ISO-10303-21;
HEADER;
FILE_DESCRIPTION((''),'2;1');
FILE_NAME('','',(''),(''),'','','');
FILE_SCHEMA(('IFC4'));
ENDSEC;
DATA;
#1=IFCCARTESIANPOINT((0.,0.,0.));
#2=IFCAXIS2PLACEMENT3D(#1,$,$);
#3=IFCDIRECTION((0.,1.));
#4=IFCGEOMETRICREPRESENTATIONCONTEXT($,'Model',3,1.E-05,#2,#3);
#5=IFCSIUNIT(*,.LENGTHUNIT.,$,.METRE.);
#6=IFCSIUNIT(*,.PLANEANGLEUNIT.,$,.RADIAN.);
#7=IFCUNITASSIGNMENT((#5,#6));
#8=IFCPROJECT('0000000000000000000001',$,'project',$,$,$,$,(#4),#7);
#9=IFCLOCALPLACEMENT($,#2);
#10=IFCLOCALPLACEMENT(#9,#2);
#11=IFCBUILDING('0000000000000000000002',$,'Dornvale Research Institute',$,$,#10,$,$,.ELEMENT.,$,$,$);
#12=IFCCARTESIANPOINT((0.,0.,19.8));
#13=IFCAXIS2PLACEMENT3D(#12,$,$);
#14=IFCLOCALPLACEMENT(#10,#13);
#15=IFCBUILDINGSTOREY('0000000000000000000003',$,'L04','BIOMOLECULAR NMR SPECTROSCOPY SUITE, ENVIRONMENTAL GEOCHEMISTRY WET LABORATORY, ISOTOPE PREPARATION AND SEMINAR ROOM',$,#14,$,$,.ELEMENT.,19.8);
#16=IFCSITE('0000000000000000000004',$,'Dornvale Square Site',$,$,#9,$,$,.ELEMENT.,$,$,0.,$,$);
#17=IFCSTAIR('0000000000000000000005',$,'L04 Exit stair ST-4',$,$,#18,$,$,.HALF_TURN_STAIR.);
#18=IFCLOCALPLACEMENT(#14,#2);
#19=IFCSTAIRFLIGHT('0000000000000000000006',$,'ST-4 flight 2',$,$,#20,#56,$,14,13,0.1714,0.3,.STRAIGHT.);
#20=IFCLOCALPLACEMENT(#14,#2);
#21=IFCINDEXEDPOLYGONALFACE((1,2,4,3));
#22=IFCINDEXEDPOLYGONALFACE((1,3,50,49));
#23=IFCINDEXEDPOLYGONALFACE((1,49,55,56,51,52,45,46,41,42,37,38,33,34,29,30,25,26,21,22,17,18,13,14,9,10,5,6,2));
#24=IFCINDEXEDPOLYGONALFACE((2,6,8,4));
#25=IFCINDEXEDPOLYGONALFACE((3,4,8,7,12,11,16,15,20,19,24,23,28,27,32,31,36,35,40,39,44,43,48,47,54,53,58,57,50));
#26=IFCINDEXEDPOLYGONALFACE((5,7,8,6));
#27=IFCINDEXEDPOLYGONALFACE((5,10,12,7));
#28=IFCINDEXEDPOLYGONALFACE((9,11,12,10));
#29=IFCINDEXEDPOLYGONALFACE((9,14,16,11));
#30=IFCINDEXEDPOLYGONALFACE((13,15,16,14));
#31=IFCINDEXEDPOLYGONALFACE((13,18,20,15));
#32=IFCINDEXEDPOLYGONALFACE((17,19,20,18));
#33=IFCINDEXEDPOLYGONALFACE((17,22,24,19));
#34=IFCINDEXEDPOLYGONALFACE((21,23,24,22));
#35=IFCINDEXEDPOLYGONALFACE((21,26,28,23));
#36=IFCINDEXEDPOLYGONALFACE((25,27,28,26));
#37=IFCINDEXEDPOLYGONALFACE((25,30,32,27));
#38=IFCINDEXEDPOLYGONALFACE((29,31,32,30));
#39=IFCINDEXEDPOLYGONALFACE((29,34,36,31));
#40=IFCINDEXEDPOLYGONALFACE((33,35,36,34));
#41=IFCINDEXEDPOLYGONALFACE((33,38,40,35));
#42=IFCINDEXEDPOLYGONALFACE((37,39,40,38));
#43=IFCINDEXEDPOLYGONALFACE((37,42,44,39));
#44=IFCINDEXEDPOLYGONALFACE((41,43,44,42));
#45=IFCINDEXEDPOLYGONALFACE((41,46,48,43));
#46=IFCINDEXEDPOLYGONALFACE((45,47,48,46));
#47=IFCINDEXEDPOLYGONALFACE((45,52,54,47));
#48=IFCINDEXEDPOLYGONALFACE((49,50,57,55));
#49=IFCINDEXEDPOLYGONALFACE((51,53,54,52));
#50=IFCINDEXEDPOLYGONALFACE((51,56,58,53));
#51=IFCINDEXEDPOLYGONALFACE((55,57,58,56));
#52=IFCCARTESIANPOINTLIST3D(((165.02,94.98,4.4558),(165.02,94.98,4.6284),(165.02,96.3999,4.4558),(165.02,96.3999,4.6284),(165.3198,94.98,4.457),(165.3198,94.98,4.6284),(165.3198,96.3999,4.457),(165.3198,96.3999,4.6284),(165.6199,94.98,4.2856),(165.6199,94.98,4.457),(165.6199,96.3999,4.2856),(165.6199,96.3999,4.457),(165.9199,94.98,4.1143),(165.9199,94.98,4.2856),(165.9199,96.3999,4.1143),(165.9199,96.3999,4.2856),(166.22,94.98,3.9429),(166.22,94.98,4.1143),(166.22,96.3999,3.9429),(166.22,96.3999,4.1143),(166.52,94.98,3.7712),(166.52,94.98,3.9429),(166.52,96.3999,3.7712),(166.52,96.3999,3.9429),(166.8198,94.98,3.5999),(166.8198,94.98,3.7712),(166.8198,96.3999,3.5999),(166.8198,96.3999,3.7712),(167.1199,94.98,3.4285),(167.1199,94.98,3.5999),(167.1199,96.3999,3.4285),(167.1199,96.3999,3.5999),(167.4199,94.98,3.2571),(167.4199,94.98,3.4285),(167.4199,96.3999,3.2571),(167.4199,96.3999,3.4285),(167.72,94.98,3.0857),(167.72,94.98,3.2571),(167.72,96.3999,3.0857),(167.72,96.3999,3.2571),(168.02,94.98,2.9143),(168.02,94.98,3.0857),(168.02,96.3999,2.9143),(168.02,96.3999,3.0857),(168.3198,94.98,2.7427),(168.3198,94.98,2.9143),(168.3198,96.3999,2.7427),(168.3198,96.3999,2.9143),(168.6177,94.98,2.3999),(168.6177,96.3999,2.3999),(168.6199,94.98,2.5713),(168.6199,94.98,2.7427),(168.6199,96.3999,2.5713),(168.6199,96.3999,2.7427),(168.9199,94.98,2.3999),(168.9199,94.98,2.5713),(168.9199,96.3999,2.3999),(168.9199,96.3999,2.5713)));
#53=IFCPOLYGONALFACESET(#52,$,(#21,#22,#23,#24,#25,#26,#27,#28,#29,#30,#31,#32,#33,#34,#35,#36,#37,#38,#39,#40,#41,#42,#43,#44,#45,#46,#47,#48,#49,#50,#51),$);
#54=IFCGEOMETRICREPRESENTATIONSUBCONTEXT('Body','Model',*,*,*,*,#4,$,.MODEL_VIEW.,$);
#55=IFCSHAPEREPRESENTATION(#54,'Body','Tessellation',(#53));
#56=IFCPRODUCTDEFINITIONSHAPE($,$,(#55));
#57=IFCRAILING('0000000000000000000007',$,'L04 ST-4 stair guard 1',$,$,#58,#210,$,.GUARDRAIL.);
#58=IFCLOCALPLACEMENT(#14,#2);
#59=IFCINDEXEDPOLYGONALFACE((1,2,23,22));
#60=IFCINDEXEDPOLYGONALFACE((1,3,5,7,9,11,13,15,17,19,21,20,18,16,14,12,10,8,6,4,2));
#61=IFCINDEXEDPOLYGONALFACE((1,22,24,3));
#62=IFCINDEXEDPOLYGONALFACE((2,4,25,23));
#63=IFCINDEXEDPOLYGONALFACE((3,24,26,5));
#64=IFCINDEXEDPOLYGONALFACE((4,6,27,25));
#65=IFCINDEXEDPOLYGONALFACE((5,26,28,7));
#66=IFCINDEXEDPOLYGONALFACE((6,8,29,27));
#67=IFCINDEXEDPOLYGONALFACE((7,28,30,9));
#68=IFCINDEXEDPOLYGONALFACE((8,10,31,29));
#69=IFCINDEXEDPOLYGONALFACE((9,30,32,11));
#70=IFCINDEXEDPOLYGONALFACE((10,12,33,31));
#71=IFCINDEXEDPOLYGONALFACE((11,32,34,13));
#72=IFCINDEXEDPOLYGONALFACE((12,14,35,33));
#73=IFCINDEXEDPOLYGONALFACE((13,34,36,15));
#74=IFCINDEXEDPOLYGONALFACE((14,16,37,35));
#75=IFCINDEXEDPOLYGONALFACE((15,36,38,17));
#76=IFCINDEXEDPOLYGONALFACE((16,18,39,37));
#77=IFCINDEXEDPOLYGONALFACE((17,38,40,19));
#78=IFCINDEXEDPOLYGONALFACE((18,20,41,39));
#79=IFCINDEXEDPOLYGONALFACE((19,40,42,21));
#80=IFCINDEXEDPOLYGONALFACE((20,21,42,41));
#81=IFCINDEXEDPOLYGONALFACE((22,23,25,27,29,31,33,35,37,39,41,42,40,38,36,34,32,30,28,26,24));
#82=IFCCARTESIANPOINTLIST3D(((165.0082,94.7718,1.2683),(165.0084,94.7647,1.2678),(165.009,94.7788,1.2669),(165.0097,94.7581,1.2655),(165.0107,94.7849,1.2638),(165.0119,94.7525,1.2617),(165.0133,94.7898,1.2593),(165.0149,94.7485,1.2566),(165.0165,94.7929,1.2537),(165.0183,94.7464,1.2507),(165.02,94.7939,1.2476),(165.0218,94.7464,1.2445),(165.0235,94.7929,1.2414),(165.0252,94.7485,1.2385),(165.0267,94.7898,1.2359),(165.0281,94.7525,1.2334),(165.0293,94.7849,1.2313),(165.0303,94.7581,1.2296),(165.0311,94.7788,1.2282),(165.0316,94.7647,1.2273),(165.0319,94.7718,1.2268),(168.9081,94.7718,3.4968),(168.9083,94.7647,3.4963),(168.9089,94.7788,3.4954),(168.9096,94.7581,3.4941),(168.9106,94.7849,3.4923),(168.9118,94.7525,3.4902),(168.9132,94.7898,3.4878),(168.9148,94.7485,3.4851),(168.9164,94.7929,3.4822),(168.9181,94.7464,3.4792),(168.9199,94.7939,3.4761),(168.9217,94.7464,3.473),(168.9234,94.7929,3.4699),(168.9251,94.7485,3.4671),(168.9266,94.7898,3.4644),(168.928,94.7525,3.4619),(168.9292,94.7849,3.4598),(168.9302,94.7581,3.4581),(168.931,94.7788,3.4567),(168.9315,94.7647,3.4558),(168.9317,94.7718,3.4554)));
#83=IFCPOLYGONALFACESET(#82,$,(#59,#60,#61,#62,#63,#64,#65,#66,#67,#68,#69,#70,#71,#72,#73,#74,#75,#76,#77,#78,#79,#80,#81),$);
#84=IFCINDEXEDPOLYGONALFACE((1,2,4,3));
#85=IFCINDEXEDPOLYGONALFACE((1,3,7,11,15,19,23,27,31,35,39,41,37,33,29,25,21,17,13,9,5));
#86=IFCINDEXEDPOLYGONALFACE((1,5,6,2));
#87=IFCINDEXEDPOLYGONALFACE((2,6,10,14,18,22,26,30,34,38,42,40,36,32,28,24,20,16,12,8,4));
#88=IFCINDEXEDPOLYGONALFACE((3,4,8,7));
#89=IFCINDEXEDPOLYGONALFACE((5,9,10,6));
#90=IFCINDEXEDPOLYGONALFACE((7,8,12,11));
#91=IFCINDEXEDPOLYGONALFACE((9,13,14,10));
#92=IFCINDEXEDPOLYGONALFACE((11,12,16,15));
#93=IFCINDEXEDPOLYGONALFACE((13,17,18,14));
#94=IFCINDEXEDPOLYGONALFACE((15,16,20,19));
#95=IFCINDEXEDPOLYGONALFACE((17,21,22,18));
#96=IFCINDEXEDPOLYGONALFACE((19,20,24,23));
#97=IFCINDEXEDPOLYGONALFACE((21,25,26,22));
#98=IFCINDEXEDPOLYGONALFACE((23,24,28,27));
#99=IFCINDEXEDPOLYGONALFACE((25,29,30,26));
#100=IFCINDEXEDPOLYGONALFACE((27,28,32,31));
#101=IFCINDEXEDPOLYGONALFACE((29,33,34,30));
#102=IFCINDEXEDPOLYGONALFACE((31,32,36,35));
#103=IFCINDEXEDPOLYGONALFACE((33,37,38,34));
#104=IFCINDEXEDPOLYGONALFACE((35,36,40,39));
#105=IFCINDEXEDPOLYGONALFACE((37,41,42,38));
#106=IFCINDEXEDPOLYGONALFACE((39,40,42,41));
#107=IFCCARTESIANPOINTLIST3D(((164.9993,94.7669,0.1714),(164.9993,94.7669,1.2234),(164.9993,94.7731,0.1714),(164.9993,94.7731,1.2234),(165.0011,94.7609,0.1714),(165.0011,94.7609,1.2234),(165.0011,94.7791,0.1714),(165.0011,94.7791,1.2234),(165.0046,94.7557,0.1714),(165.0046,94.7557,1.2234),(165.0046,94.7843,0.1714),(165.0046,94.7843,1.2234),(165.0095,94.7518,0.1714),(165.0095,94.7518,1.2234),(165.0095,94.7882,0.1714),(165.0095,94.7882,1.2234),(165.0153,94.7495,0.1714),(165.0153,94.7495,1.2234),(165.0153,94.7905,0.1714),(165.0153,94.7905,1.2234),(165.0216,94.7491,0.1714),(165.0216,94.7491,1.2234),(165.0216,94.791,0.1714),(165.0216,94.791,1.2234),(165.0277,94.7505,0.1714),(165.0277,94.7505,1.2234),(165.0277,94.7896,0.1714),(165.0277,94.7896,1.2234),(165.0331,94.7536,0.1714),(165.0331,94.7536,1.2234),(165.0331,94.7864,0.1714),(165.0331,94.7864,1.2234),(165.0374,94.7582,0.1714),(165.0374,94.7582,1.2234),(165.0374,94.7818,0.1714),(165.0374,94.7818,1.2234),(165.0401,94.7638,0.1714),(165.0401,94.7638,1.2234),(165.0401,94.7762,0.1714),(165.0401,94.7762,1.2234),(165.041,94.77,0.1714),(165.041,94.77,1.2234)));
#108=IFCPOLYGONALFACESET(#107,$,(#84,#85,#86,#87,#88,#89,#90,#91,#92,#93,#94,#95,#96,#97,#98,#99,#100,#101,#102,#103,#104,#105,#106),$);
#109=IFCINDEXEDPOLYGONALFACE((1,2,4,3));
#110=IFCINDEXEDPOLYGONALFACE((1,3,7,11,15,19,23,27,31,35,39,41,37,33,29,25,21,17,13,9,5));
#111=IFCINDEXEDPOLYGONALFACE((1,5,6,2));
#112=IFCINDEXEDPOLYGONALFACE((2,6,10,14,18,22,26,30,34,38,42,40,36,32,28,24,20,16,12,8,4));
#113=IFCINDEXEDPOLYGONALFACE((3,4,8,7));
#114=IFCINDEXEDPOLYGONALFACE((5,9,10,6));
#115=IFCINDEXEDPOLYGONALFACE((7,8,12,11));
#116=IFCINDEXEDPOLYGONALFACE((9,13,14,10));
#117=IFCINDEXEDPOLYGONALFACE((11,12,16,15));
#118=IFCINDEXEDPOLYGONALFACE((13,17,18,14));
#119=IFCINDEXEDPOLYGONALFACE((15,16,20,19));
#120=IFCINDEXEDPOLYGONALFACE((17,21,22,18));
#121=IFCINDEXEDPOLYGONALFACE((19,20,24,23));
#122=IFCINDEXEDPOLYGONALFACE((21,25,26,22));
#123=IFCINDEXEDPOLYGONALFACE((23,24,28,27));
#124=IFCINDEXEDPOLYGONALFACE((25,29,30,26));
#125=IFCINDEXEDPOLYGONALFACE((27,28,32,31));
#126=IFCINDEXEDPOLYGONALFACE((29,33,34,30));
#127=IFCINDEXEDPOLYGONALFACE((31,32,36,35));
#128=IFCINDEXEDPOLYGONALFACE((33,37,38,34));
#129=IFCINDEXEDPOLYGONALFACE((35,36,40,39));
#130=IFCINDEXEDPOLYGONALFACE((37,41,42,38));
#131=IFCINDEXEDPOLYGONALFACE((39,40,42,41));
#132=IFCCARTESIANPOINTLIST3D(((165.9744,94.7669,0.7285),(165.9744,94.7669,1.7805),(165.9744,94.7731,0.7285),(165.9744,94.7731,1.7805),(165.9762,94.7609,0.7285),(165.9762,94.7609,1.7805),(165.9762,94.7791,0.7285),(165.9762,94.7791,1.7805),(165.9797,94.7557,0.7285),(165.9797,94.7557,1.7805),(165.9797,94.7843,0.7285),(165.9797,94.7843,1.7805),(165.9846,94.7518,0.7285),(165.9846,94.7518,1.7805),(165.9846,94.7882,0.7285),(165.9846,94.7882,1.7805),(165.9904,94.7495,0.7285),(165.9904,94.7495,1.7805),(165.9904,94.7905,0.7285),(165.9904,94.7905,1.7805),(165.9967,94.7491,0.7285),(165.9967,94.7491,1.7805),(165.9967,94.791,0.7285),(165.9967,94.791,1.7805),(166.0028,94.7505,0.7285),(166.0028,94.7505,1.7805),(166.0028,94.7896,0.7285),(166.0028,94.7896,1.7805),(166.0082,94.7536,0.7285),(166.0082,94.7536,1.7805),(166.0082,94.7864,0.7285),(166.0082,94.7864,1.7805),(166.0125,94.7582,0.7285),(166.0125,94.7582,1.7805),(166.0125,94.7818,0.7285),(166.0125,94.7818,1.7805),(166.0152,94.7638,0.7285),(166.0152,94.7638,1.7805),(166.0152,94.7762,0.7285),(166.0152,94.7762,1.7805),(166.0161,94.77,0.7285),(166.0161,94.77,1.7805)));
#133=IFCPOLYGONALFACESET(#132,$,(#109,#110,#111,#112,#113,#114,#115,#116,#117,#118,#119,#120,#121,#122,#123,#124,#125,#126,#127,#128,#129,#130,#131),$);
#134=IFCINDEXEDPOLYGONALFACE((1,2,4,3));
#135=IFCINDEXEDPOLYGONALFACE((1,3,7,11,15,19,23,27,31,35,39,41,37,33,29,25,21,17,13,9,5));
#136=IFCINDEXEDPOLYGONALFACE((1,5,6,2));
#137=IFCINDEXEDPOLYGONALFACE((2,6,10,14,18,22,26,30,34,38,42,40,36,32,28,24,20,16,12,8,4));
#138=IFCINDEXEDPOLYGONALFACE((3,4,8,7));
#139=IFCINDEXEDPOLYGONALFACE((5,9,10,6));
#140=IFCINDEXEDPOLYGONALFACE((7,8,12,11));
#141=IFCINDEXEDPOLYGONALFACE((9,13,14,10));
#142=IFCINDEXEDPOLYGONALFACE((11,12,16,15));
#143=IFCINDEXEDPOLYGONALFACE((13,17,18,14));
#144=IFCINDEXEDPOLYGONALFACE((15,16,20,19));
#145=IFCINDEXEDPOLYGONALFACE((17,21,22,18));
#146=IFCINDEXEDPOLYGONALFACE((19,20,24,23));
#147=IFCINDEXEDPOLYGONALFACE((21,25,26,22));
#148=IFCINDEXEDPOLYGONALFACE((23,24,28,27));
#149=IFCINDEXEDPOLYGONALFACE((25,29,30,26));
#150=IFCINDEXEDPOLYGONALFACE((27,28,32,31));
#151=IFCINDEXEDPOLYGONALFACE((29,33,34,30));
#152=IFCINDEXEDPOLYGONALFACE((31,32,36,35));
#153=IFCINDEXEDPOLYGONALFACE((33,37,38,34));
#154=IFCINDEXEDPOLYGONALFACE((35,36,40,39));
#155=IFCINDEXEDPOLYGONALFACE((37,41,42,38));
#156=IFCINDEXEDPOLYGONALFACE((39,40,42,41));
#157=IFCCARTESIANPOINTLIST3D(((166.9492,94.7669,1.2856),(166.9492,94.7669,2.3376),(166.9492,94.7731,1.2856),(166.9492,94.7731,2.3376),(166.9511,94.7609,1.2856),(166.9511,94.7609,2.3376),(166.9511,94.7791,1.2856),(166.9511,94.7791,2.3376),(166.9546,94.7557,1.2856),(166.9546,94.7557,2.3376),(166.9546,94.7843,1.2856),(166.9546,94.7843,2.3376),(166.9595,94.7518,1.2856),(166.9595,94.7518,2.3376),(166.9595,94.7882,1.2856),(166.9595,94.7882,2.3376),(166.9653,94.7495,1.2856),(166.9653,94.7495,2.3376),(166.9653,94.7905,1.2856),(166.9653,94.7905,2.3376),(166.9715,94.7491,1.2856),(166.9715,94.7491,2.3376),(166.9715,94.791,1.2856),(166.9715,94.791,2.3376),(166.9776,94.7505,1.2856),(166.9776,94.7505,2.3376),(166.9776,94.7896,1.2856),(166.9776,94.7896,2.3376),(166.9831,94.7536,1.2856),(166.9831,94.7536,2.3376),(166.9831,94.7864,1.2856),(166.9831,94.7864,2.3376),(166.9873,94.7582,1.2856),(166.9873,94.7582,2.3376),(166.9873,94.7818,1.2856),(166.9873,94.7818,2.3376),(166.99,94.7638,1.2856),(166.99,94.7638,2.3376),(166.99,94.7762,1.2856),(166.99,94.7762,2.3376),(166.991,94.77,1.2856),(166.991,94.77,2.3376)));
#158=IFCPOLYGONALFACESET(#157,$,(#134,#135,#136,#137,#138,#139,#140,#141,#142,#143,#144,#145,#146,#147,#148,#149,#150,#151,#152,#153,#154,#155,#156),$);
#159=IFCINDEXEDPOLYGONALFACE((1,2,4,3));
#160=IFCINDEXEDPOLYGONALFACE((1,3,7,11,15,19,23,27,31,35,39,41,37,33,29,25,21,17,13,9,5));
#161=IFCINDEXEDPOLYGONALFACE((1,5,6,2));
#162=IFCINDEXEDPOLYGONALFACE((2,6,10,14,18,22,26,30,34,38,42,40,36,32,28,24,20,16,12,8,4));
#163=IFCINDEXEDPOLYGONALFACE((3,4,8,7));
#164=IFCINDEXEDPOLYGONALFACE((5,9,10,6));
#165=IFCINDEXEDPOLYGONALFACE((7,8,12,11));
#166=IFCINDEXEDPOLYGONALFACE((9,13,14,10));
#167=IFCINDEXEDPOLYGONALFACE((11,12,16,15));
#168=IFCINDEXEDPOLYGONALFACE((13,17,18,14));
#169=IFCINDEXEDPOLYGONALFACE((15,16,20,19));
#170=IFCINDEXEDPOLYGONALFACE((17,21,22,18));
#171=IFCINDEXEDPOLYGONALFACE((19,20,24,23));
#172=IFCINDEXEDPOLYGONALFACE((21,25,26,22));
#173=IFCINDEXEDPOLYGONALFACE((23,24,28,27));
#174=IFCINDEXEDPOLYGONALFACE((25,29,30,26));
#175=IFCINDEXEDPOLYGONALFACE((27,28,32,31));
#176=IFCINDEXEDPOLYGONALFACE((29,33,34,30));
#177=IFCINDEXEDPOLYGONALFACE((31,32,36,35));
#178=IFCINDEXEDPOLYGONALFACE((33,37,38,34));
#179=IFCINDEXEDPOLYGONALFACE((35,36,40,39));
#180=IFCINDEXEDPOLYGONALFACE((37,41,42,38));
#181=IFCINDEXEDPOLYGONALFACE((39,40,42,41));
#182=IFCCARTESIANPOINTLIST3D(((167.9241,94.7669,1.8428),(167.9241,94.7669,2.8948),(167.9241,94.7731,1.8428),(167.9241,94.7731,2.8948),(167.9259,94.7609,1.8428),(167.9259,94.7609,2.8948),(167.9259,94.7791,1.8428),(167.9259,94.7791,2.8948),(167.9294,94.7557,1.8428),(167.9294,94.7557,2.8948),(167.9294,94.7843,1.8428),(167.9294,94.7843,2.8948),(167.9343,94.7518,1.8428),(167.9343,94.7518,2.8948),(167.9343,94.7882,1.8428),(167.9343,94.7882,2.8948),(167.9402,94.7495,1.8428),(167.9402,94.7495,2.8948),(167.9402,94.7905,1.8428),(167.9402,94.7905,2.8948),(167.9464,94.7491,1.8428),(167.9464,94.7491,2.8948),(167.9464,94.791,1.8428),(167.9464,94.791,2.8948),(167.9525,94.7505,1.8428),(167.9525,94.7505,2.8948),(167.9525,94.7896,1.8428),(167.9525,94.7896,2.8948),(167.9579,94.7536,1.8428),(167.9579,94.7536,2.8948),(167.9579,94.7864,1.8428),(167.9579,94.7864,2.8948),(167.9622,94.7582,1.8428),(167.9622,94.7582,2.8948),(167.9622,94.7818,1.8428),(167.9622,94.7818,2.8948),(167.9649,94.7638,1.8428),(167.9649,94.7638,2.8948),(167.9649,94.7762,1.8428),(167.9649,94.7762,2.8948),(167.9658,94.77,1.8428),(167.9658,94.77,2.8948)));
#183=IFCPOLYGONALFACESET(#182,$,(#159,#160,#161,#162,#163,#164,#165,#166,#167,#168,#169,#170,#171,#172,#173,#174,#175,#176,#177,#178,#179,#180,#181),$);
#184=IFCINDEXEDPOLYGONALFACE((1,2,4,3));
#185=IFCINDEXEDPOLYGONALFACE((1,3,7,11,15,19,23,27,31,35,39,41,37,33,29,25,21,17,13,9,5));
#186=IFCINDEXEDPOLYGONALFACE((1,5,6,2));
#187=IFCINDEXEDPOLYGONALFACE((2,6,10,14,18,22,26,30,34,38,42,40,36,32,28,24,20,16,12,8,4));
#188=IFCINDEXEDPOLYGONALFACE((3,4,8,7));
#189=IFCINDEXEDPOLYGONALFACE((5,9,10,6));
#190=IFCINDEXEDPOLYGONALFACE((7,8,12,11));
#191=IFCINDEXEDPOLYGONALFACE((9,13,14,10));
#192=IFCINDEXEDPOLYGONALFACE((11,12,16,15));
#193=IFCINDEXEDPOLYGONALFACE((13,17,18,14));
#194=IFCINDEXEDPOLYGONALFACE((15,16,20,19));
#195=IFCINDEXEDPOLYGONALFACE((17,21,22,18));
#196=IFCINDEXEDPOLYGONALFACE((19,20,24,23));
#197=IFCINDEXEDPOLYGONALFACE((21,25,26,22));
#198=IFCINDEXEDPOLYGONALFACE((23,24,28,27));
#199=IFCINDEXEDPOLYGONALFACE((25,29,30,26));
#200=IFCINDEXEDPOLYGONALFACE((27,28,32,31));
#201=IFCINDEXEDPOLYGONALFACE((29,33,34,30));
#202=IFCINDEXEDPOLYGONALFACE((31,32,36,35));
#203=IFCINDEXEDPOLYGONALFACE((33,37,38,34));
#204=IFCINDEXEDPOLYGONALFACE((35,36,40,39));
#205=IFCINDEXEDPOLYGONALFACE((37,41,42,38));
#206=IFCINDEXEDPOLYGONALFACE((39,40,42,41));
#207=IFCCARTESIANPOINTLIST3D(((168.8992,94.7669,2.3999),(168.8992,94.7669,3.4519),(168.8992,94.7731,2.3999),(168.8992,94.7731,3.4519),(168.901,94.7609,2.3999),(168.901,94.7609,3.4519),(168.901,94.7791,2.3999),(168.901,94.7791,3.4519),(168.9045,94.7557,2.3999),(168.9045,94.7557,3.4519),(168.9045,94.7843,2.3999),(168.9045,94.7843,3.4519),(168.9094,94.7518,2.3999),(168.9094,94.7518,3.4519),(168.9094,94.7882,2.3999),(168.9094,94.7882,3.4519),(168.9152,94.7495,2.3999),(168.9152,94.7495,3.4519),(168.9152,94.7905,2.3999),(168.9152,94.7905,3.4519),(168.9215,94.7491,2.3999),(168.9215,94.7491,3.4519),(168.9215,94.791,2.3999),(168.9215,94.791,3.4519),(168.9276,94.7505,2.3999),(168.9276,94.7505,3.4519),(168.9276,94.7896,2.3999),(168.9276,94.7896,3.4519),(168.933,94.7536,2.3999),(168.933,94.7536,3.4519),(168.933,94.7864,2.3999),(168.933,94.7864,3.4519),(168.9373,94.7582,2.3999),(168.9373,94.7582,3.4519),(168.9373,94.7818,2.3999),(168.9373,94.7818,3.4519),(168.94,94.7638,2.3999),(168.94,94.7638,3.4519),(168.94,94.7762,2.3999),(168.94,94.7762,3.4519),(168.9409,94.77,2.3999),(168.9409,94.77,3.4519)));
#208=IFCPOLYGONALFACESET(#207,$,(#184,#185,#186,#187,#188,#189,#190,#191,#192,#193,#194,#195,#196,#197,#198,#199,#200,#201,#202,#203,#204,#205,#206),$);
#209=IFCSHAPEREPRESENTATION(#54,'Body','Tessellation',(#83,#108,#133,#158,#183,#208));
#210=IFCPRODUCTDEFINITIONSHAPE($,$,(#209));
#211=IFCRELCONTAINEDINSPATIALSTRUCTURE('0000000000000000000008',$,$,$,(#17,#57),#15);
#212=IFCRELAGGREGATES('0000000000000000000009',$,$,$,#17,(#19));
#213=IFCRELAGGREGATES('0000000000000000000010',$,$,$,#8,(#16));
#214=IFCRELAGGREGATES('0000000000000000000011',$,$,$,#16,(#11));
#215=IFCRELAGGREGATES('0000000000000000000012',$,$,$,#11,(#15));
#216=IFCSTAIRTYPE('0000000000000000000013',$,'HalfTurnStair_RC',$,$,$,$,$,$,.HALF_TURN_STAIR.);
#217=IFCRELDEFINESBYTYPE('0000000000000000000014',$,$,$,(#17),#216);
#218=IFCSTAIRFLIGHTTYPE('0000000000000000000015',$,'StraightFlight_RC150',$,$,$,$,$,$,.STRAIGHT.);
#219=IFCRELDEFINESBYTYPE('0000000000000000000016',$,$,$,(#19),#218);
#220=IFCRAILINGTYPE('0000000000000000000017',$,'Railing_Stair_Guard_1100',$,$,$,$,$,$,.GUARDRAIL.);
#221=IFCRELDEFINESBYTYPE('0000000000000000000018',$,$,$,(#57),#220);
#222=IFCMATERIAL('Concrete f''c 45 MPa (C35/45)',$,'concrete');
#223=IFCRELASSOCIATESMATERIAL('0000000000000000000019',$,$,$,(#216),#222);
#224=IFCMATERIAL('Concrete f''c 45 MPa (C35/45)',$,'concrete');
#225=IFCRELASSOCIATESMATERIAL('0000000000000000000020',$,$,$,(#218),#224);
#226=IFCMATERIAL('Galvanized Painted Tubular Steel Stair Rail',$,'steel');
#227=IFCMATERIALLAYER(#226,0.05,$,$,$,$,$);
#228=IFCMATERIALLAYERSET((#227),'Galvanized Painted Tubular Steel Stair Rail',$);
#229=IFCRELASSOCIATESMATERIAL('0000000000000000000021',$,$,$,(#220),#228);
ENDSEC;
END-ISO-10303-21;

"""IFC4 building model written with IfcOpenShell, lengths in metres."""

from ifc_helpers import new_model, si_unit, direction, frame, origin, origin_2d, place, context, subcontext, project, spatial, polyline, circle, outline, extrude, material, layer, layer_set, type_object, element, aggregate, save


model = new_model("IFC4")

# Units and contexts
model_context = context("Model", 3, precision=1e-05, world=origin(), true_north=direction((0.0, 1.0)))
body_context = subcontext(model_context, "Body", "Model", "MODEL_VIEW")
ifc_project = project(units=[si_unit("LENGTHUNIT", "METRE"), si_unit("PLANEANGLEUNIT", "RADIAN")], contexts=[model_context])

# Site, building, storey
site_placement = place(None, origin())
site = spatial("IfcSite", under=ifc_project, at=site_placement, Name="Dornvale Square Site", CompositionType="ELEMENT", RefElevation=0.0)
building_placement = place(site_placement, origin())
building = spatial("IfcBuilding", under=site, at=building_placement, Name="Dornvale Research Institute", CompositionType="ELEMENT")
storey_placement = place(building_placement, frame((0.0, 0.0, 19.8)))
storey = spatial("IfcBuildingStorey", under=building, at=storey_placement, Name="L04", Description="BIOMOLECULAR NMR SPECTROSCOPY SUITE, ENVIRONMENTAL GEOCHEMISTRY WET LABORATORY, ISOTOPE PREPARATION AND SEMINAR ROOM", CompositionType="ELEMENT", Elevation=19.8)

# Stair, stair flight
ifc_material_1 = material(Name="Concrete f'c 45 MPa (C35/45)", Category="concrete")
stair_type = type_object("IfcStairType", Name="HalfTurnStair_RC", PredefinedType="HALF_TURN_STAIR", material=ifc_material_1)
stair_placement = place(storey_placement, origin())
stair = element("IfcStair", 1, at=stair_placement, inside=storey, type_object=stair_type, Name="L04 Exit stair ST-4", PredefinedType="HALF_TURN_STAIR")
ifc_material_2 = material(Name="Concrete f'c 45 MPa (C35/45)", Category="concrete")
stair_flight_type = type_object("IfcStairFlightType", Name="StraightFlight_RC150", PredefinedType="STRAIGHT", material=ifc_material_2)
stair_flight_1_placement = place(storey_placement, frame((168.9199, 95.6899, 2.3999), z_axis=(0.0, 0.0, 1.0), x_axis=(-1.0, 0.0, 0.0)))
stair_flight_1 = element("IfcStairFlight", 2, at=stair_flight_1_placement, type_object=stair_flight_type, Name="ST-4 flight 2", NumberOfRisers=14, NumberOfTreads=13, PredefinedType="STRAIGHT", RiserHeight=0.1714, TreadLength=0.3, context=body_context, shape_type="SweptSolid", body=[
    extrude(outline(polyline([(0.0, 0.0), (0.0, 0.1714), (0.3, 0.1714), (0.3, 0.3428), (0.6001, 0.3428), (0.6001, 0.5144), (0.8999, 0.5144), (0.8999, 0.6858), (1.2, 0.6858), (1.2, 0.8572), (1.5, 0.8572), (1.5, 1.0286), (1.8, 1.0286), (1.8, 1.2), (2.1001, 1.2), (2.1001, 1.3713), (2.3999, 1.3713), (2.3999, 1.543), (2.7, 1.543), (2.7, 1.7144), (3.0, 1.7144), (3.0, 1.8857), (3.3, 1.8857), (3.3, 2.0571), (3.6001, 2.0571), (3.6001, 2.2285), (3.8999, 2.2285), (3.8999, 2.3999), (3.8999, 2.0559), (0.3022, 0.0), (0.0, 0.0)])), frame((0.0, 0.71, 0.0), z_axis=(0.0, -1.0, 0.0), x_axis=(1.0, 0.0, 0.0)), (0.0, 0.0, 1.0), 1.4199),
])
aggregate(stair, [stair_flight_1])

# Railing
ifc_material_3 = material(Name="Galvanized Painted Tubular Steel Stair Rail", Category="steel")
ifc_layer_1 = layer(ifc_material_3, 0.05)
ifc_layer_set_1 = layer_set([ifc_layer_1], Name="Galvanized Painted Tubular Steel Stair Rail")
railing_type_1 = type_object("IfcRailingType", Name="Railing_Stair_Guard_1100", PredefinedType="GUARDRAIL", material=ifc_layer_set_1)
railing_1_placement = place(storey_placement, frame((165.02, 94.77, 0.1714)))
element("IfcRailing", 3, at=railing_1_placement, inside=storey, type_object=railing_type_1, Name="L04 ST-4 stair guard 1", PredefinedType="GUARDRAIL", context=body_context, shape_type="SweptSolid", body=[
    extrude(circle(Radius=0.0239, at=origin_2d()), frame((0.0, 0.0, 1.0762), z_axis=(0.868243, 0.0, 0.496139), x_axis=(0.0, 1.0, 0.0)), (0.0, 0.0, 1.0), 4.4917),
    extrude(circle(Radius=0.021, at=origin_2d()), origin(), (0.0, 0.0, 1.0), 1.052),
    extrude(circle(Radius=0.021, at=origin_2d()), frame((0.9751, 0.0, 0.5571)), (0.0, 0.0, 1.0), 1.052),
    extrude(circle(Radius=0.021, at=origin_2d()), frame((1.95, 0.0, 1.1143)), (0.0, 0.0, 1.0), 1.052),
    extrude(circle(Radius=0.021, at=origin_2d()), frame((2.9248, 0.0, 1.6714)), (0.0, 0.0, 1.0), 1.052),
    extrude(circle(Radius=0.021, at=origin_2d()), frame((3.8999, 0.0, 2.2285)), (0.0, 0.0, 1.0), 1.052),
])

save(model, "model.ifc")
